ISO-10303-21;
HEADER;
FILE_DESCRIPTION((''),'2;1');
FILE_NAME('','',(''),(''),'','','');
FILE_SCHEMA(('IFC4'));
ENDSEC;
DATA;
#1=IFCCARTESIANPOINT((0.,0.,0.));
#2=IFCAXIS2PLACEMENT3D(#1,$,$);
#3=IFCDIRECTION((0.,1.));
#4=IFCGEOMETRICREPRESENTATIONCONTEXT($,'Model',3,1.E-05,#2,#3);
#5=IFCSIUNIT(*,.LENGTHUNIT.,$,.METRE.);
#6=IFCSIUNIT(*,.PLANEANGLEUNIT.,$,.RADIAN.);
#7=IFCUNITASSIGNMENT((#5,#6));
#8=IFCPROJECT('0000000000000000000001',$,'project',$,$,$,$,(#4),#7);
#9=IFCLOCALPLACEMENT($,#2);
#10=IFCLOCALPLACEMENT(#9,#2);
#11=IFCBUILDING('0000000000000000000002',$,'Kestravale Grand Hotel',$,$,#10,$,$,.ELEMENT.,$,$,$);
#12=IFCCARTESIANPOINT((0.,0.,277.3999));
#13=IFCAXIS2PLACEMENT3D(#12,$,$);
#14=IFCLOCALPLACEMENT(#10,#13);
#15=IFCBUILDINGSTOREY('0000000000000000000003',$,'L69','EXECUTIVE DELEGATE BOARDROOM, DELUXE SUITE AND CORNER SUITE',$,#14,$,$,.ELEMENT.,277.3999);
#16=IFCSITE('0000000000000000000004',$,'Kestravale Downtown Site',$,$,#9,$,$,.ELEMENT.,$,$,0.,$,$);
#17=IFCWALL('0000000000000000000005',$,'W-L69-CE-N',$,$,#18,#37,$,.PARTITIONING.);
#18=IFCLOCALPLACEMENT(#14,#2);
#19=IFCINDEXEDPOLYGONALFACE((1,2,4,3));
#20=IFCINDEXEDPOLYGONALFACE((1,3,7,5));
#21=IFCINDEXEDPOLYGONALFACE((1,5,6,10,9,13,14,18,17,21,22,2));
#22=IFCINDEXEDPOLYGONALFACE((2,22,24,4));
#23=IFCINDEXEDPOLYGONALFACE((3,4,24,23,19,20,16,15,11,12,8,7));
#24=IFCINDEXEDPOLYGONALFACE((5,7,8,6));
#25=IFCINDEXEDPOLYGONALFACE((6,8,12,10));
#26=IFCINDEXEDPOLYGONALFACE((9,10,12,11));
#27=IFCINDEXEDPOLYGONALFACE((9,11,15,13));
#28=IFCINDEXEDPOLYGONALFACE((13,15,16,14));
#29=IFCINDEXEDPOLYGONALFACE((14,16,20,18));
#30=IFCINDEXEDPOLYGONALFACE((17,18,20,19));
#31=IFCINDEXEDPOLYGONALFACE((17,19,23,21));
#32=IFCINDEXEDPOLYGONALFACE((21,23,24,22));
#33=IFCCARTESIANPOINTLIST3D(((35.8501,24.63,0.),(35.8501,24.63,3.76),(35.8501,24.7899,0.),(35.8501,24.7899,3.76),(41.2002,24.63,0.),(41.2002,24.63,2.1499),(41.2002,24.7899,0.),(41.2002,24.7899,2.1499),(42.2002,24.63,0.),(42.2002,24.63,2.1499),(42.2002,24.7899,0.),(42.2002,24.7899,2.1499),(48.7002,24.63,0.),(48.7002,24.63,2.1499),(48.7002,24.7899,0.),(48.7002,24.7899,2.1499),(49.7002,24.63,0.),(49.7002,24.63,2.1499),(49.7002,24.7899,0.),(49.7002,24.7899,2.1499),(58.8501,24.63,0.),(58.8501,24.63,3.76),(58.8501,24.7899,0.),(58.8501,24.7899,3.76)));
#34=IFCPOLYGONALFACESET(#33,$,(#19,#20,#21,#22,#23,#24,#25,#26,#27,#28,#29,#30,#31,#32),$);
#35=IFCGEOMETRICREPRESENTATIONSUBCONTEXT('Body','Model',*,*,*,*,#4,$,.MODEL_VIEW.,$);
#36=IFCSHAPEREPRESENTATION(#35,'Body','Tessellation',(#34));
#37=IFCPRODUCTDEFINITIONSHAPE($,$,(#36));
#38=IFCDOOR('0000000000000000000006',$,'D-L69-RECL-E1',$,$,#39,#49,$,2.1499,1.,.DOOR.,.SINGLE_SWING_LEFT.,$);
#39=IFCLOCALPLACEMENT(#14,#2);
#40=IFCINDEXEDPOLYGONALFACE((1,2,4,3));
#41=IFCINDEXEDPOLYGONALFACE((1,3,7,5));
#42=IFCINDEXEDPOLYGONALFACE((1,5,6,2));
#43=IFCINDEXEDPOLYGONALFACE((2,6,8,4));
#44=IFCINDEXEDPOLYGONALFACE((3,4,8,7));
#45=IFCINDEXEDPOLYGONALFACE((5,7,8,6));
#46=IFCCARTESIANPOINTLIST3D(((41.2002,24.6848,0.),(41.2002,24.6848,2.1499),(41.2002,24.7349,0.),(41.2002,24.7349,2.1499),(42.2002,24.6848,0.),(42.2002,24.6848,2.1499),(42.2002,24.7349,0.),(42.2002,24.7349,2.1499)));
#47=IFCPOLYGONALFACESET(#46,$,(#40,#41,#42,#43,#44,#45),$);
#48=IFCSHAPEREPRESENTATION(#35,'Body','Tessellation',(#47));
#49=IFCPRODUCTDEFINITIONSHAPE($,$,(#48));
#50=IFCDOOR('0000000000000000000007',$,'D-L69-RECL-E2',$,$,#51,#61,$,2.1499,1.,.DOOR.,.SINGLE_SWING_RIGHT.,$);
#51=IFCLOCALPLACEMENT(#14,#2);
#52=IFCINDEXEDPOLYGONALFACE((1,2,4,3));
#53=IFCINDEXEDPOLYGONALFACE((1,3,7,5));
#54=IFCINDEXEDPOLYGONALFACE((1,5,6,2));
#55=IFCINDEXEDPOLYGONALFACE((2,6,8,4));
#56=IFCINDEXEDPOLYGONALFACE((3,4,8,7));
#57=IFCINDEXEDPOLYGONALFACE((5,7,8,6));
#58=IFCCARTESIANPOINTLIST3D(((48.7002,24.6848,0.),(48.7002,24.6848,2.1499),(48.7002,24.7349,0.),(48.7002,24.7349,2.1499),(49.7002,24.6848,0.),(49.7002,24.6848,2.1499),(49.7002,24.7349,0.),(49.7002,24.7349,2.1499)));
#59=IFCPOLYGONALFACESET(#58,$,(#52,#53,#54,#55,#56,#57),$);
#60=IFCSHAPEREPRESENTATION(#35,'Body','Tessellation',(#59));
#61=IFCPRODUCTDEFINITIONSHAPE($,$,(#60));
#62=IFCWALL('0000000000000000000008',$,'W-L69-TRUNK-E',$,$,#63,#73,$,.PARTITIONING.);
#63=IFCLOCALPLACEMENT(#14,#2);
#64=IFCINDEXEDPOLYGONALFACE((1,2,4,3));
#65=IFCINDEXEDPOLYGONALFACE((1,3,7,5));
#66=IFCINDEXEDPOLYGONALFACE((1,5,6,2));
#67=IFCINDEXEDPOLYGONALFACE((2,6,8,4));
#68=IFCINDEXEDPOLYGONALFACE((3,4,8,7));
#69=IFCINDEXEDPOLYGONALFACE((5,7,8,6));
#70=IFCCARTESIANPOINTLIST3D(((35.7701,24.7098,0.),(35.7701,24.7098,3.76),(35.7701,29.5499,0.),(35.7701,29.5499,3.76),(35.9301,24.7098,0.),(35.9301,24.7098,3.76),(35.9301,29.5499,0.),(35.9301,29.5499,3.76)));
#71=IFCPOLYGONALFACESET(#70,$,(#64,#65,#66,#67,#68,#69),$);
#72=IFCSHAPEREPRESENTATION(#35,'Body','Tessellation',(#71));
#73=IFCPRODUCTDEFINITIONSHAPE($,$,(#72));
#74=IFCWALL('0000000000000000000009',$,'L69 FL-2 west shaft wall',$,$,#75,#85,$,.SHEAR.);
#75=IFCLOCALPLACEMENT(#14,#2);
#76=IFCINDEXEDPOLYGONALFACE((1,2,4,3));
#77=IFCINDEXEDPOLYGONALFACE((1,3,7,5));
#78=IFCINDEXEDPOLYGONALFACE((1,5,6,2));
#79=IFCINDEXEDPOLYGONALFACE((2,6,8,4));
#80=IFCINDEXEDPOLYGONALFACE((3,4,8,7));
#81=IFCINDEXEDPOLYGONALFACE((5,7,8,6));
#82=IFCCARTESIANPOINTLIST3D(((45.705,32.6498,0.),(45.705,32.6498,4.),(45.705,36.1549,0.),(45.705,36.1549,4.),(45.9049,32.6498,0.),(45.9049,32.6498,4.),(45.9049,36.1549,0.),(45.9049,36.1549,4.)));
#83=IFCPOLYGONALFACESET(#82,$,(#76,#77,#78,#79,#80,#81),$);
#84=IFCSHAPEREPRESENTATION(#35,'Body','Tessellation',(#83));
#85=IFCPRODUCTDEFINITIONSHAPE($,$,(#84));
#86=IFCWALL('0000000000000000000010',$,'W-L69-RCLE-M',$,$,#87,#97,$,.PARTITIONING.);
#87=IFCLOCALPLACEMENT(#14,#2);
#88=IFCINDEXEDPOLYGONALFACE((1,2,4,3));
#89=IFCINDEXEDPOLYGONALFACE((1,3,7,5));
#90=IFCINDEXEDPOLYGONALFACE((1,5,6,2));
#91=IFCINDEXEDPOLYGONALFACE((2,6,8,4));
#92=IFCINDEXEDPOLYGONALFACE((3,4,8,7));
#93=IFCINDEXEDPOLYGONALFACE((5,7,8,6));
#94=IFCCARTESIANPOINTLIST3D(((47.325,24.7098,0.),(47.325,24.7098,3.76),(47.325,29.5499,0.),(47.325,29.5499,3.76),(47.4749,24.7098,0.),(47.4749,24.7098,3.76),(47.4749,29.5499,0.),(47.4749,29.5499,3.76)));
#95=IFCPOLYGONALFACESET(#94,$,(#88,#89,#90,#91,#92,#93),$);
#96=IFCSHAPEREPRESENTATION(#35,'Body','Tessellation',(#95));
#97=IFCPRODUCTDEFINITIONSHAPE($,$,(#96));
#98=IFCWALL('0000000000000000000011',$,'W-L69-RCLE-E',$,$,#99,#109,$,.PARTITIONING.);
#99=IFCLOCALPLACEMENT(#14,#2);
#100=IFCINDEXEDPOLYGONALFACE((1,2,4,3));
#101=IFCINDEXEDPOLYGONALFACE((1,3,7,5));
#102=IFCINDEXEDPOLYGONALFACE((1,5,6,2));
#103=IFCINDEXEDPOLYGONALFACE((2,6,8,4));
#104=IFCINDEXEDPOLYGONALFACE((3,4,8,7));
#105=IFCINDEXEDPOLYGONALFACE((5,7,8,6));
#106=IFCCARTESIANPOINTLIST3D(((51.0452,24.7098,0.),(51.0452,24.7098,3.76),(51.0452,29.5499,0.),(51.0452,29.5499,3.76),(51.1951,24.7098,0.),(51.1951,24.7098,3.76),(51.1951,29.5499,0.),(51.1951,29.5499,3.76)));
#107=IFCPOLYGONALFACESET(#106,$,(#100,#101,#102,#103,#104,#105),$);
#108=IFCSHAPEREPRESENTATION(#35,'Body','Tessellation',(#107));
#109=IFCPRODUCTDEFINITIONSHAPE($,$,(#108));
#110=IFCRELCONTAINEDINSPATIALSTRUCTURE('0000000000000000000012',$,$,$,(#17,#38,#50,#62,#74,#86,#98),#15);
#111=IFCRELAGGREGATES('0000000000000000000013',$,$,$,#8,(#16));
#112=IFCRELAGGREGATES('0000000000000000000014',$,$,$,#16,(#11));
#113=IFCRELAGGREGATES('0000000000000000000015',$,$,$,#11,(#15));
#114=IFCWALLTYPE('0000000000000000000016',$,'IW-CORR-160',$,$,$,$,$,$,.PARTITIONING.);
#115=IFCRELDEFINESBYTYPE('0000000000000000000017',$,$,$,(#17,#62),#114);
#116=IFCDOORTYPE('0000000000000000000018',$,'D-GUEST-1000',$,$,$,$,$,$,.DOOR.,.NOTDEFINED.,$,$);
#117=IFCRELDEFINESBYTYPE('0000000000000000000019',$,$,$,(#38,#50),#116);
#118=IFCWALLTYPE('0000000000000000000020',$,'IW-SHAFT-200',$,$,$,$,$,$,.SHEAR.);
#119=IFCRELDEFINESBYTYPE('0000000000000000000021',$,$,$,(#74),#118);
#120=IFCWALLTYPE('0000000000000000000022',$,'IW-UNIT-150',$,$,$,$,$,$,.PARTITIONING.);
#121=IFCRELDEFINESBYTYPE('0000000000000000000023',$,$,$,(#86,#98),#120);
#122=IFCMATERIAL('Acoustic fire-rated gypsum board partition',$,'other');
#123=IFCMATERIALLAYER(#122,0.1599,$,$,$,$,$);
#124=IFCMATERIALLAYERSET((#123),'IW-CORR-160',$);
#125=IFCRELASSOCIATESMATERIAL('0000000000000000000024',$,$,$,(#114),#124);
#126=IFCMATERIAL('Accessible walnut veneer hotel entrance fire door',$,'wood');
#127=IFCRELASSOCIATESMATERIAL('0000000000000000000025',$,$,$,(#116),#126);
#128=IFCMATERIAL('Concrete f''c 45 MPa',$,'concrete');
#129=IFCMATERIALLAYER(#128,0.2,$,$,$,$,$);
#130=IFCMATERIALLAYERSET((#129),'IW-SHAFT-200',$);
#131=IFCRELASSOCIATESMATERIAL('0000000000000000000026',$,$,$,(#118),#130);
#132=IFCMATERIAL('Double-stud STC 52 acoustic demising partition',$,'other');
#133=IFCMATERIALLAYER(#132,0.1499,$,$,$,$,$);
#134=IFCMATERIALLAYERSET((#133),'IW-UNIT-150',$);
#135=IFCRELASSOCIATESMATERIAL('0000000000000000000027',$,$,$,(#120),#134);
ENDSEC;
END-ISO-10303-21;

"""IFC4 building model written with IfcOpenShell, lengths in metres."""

from ifc_helpers import new_model, si_unit, direction, frame, frame_2d, origin, place, context, subcontext, project, spatial, rectangle, extrude, material, layer, layer_set, type_object, element, fill, save


model = new_model("IFC4")

# Units and contexts
model_context = context("Model", 3, precision=1e-05, world=origin(), true_north=direction((0.0, 1.0)))
body_context = subcontext(model_context, "Body", "Model", "MODEL_VIEW")
ifc_project = project(units=[si_unit("LENGTHUNIT", "METRE"), si_unit("PLANEANGLEUNIT", "RADIAN")], contexts=[model_context])

# Site, building, storey
site_placement = place(None, origin())
site = spatial("IfcSite", under=ifc_project, at=site_placement, Name="Kestravale Downtown Site", CompositionType="ELEMENT", RefElevation=0.0)
building_placement = place(site_placement, origin())
building = spatial("IfcBuilding", under=site, at=building_placement, Name="Kestravale Grand Hotel", CompositionType="ELEMENT")
storey_placement = place(building_placement, frame((0.0, 0.0, 277.3999)))
storey = spatial("IfcBuildingStorey", under=building, at=storey_placement, Name="L69", Description="EXECUTIVE DELEGATE BOARDROOM, DELUXE SUITE AND CORNER SUITE", CompositionType="ELEMENT", Elevation=277.3999)

# Shared definitions
ifc_material_1 = material(Name="Acoustic fire-rated gypsum board partition", Category="other")
ifc_layer_1 = layer(ifc_material_1, 0.1599)
ifc_layer_set_1 = layer_set([ifc_layer_1], Name="IW-CORR-160")
wall_type_1 = type_object("IfcWallType", Name="IW-CORR-160", PredefinedType="PARTITIONING", material=ifc_layer_set_1)

# Wall, openings, doors
wall_1_placement = place(storey_placement, frame((35.8501, 24.71, 0.0), z_axis=(0.0, 0.0, 1.0), x_axis=(1.0, 0.0, 0.0)))
wall_1 = element("IfcWall", 1, at=wall_1_placement, inside=storey, type_object=wall_type_1, Name="W-L69-CE-N", PredefinedType="PARTITIONING", context=body_context, shape_type="SweptSolid", body=[
    extrude(rectangle(XDim=23.0, YDim=0.1599, at=frame_2d((11.5, 0.0))), origin(), (0.0, 0.0, 1.0), 3.76),
])
opening_1_placement = place(wall_1_placement, frame((5.3501, 0.0, 0.0)))
opening_1 = element("IfcOpeningElement", 2, at=opening_1_placement, cuts=wall_1, PredefinedType="OPENING", context=body_context, shape_type="SweptSolid", body=[
    extrude(rectangle(XDim=1.0, YDim=2.1499, at=frame_2d((0.5, 1.075))), frame((0.0, 0.0898, 0.0), z_axis=(0.0, -1.0, 0.0), x_axis=(1.0, 0.0, 0.0)), (0.0, 0.0, 1.0), 0.1799),
])
opening_2_placement = place(wall_1_placement, frame((12.8501, 0.0, 0.0)))
opening_2 = element("IfcOpeningElement", 3, at=opening_2_placement, cuts=wall_1, PredefinedType="OPENING", context=body_context, shape_type="SweptSolid", body=[
    extrude(rectangle(XDim=1.0, YDim=2.1499, at=frame_2d((0.5, 1.075))), frame((0.0, 0.0898, 0.0), z_axis=(0.0, -1.0, 0.0), x_axis=(1.0, 0.0, 0.0)), (0.0, 0.0, 1.0), 0.1799),
])
ifc_material_2 = material(Name="Accessible walnut veneer hotel entrance fire door", Category="wood")
door_type_1 = type_object("IfcDoorType", Name="D-GUEST-1000", OperationType="NOTDEFINED", PredefinedType="DOOR", material=ifc_material_2)
door_1_placement = place(opening_1_placement, origin())
door_1 = element("IfcDoor", 4, at=door_1_placement, inside=storey, type_object=door_type_1, Name="D-L69-RECL-E1", OperationType="SINGLE_SWING_LEFT", OverallHeight=2.1499, OverallWidth=1.0, PredefinedType="DOOR", context=body_context, shape_type="SweptSolid", body=[
    extrude(rectangle(XDim=1.0, YDim=2.1499, at=frame_2d((0.5, 1.075))), frame((0.0, 0.0249, 0.0), z_axis=(0.0, -1.0, 0.0), x_axis=(1.0, 0.0, 0.0)), (0.0, 0.0, 1.0), 0.05),
])
fill(opening_1, door_1)
door_2_placement = place(opening_2_placement, origin())
door_2 = element("IfcDoor", 5, at=door_2_placement, inside=storey, type_object=door_type_1, Name="D-L69-RECL-E2", OperationType="SINGLE_SWING_RIGHT", OverallHeight=2.1499, OverallWidth=1.0, PredefinedType="DOOR", context=body_context, shape_type="SweptSolid", body=[
    extrude(rectangle(XDim=1.0, YDim=2.1499, at=frame_2d((0.5, 1.075))), frame((0.0, 0.0249, 0.0), z_axis=(0.0, -1.0, 0.0), x_axis=(1.0, 0.0, 0.0)), (0.0, 0.0, 1.0), 0.05),
])
fill(opening_2, door_2)

# Walls
wall_2_placement = place(storey_placement, frame((35.8501, 24.71, 0.0), z_axis=(0.0, 0.0, 1.0), x_axis=(0.0, 1.0, 0.0)))
element("IfcWall", 6, at=wall_2_placement, inside=storey, type_object=wall_type_1, Name="W-L69-TRUNK-E", PredefinedType="PARTITIONING", context=body_context, shape_type="SweptSolid", body=[
    extrude(rectangle(XDim=4.8401, YDim=0.1599, at=frame_2d((2.4199, 0.0))), origin(), (0.0, 0.0, 1.0), 3.76),
])
ifc_material_3 = material(Name="Concrete f'c 45 MPa", Category="concrete")
ifc_layer_2 = layer(ifc_material_3, 0.2)
ifc_layer_set_2 = layer_set([ifc_layer_2], Name="IW-SHAFT-200")
wall_type_2 = type_object("IfcWallType", Name="IW-SHAFT-200", PredefinedType="SHEAR", material=ifc_layer_set_2)
wall_3_placement = place(storey_placement, frame((45.8049, 32.6499, 0.0), z_axis=(0.0, 0.0, 1.0), x_axis=(0.0, 1.0, 0.0)))
element("IfcWall", 7, at=wall_3_placement, inside=storey, type_object=wall_type_2, Name="L69 FL-2 west shaft wall", PredefinedType="SHEAR", context=body_context, shape_type="SweptSolid", body=[
    extrude(rectangle(XDim=3.5051, YDim=0.2, at=frame_2d((1.7524, 0.0))), origin(), (0.0, 0.0, 1.0), 4.0),
])
ifc_material_4 = material(Name="Double-stud STC 52 acoustic demising partition", Category="other")
ifc_layer_3 = layer(ifc_material_4, 0.1499)
ifc_layer_set_3 = layer_set([ifc_layer_3], Name="IW-UNIT-150")
wall_type_3 = type_object("IfcWallType", Name="IW-UNIT-150", PredefinedType="PARTITIONING", material=ifc_layer_set_3)
for number, where, z_axis, x_axis, name in (
    (8, (47.3999, 24.71, 0.0), (0.0, 0.0, 1.0), (0.0, 1.0, 0.0), "W-L69-RCLE-M"),
    (9, (51.1201, 24.71, 0.0), (0.0, 0.0, 1.0), (0.0, 1.0, 0.0), "W-L69-RCLE-E"),
):
    element("IfcWall", number, at=place(storey_placement, frame(where, z_axis=z_axis, x_axis=x_axis)), inside=storey, type_object=wall_type_3, Name=name, PredefinedType="PARTITIONING", context=body_context, shape_type="SweptSolid", body=[
        extrude(rectangle(XDim=4.8401, YDim=0.1499, at=frame_2d((2.4199, 0.0))), origin(), (0.0, 0.0, 1.0), 3.76),
    ])

save(model, "model.ifc")
